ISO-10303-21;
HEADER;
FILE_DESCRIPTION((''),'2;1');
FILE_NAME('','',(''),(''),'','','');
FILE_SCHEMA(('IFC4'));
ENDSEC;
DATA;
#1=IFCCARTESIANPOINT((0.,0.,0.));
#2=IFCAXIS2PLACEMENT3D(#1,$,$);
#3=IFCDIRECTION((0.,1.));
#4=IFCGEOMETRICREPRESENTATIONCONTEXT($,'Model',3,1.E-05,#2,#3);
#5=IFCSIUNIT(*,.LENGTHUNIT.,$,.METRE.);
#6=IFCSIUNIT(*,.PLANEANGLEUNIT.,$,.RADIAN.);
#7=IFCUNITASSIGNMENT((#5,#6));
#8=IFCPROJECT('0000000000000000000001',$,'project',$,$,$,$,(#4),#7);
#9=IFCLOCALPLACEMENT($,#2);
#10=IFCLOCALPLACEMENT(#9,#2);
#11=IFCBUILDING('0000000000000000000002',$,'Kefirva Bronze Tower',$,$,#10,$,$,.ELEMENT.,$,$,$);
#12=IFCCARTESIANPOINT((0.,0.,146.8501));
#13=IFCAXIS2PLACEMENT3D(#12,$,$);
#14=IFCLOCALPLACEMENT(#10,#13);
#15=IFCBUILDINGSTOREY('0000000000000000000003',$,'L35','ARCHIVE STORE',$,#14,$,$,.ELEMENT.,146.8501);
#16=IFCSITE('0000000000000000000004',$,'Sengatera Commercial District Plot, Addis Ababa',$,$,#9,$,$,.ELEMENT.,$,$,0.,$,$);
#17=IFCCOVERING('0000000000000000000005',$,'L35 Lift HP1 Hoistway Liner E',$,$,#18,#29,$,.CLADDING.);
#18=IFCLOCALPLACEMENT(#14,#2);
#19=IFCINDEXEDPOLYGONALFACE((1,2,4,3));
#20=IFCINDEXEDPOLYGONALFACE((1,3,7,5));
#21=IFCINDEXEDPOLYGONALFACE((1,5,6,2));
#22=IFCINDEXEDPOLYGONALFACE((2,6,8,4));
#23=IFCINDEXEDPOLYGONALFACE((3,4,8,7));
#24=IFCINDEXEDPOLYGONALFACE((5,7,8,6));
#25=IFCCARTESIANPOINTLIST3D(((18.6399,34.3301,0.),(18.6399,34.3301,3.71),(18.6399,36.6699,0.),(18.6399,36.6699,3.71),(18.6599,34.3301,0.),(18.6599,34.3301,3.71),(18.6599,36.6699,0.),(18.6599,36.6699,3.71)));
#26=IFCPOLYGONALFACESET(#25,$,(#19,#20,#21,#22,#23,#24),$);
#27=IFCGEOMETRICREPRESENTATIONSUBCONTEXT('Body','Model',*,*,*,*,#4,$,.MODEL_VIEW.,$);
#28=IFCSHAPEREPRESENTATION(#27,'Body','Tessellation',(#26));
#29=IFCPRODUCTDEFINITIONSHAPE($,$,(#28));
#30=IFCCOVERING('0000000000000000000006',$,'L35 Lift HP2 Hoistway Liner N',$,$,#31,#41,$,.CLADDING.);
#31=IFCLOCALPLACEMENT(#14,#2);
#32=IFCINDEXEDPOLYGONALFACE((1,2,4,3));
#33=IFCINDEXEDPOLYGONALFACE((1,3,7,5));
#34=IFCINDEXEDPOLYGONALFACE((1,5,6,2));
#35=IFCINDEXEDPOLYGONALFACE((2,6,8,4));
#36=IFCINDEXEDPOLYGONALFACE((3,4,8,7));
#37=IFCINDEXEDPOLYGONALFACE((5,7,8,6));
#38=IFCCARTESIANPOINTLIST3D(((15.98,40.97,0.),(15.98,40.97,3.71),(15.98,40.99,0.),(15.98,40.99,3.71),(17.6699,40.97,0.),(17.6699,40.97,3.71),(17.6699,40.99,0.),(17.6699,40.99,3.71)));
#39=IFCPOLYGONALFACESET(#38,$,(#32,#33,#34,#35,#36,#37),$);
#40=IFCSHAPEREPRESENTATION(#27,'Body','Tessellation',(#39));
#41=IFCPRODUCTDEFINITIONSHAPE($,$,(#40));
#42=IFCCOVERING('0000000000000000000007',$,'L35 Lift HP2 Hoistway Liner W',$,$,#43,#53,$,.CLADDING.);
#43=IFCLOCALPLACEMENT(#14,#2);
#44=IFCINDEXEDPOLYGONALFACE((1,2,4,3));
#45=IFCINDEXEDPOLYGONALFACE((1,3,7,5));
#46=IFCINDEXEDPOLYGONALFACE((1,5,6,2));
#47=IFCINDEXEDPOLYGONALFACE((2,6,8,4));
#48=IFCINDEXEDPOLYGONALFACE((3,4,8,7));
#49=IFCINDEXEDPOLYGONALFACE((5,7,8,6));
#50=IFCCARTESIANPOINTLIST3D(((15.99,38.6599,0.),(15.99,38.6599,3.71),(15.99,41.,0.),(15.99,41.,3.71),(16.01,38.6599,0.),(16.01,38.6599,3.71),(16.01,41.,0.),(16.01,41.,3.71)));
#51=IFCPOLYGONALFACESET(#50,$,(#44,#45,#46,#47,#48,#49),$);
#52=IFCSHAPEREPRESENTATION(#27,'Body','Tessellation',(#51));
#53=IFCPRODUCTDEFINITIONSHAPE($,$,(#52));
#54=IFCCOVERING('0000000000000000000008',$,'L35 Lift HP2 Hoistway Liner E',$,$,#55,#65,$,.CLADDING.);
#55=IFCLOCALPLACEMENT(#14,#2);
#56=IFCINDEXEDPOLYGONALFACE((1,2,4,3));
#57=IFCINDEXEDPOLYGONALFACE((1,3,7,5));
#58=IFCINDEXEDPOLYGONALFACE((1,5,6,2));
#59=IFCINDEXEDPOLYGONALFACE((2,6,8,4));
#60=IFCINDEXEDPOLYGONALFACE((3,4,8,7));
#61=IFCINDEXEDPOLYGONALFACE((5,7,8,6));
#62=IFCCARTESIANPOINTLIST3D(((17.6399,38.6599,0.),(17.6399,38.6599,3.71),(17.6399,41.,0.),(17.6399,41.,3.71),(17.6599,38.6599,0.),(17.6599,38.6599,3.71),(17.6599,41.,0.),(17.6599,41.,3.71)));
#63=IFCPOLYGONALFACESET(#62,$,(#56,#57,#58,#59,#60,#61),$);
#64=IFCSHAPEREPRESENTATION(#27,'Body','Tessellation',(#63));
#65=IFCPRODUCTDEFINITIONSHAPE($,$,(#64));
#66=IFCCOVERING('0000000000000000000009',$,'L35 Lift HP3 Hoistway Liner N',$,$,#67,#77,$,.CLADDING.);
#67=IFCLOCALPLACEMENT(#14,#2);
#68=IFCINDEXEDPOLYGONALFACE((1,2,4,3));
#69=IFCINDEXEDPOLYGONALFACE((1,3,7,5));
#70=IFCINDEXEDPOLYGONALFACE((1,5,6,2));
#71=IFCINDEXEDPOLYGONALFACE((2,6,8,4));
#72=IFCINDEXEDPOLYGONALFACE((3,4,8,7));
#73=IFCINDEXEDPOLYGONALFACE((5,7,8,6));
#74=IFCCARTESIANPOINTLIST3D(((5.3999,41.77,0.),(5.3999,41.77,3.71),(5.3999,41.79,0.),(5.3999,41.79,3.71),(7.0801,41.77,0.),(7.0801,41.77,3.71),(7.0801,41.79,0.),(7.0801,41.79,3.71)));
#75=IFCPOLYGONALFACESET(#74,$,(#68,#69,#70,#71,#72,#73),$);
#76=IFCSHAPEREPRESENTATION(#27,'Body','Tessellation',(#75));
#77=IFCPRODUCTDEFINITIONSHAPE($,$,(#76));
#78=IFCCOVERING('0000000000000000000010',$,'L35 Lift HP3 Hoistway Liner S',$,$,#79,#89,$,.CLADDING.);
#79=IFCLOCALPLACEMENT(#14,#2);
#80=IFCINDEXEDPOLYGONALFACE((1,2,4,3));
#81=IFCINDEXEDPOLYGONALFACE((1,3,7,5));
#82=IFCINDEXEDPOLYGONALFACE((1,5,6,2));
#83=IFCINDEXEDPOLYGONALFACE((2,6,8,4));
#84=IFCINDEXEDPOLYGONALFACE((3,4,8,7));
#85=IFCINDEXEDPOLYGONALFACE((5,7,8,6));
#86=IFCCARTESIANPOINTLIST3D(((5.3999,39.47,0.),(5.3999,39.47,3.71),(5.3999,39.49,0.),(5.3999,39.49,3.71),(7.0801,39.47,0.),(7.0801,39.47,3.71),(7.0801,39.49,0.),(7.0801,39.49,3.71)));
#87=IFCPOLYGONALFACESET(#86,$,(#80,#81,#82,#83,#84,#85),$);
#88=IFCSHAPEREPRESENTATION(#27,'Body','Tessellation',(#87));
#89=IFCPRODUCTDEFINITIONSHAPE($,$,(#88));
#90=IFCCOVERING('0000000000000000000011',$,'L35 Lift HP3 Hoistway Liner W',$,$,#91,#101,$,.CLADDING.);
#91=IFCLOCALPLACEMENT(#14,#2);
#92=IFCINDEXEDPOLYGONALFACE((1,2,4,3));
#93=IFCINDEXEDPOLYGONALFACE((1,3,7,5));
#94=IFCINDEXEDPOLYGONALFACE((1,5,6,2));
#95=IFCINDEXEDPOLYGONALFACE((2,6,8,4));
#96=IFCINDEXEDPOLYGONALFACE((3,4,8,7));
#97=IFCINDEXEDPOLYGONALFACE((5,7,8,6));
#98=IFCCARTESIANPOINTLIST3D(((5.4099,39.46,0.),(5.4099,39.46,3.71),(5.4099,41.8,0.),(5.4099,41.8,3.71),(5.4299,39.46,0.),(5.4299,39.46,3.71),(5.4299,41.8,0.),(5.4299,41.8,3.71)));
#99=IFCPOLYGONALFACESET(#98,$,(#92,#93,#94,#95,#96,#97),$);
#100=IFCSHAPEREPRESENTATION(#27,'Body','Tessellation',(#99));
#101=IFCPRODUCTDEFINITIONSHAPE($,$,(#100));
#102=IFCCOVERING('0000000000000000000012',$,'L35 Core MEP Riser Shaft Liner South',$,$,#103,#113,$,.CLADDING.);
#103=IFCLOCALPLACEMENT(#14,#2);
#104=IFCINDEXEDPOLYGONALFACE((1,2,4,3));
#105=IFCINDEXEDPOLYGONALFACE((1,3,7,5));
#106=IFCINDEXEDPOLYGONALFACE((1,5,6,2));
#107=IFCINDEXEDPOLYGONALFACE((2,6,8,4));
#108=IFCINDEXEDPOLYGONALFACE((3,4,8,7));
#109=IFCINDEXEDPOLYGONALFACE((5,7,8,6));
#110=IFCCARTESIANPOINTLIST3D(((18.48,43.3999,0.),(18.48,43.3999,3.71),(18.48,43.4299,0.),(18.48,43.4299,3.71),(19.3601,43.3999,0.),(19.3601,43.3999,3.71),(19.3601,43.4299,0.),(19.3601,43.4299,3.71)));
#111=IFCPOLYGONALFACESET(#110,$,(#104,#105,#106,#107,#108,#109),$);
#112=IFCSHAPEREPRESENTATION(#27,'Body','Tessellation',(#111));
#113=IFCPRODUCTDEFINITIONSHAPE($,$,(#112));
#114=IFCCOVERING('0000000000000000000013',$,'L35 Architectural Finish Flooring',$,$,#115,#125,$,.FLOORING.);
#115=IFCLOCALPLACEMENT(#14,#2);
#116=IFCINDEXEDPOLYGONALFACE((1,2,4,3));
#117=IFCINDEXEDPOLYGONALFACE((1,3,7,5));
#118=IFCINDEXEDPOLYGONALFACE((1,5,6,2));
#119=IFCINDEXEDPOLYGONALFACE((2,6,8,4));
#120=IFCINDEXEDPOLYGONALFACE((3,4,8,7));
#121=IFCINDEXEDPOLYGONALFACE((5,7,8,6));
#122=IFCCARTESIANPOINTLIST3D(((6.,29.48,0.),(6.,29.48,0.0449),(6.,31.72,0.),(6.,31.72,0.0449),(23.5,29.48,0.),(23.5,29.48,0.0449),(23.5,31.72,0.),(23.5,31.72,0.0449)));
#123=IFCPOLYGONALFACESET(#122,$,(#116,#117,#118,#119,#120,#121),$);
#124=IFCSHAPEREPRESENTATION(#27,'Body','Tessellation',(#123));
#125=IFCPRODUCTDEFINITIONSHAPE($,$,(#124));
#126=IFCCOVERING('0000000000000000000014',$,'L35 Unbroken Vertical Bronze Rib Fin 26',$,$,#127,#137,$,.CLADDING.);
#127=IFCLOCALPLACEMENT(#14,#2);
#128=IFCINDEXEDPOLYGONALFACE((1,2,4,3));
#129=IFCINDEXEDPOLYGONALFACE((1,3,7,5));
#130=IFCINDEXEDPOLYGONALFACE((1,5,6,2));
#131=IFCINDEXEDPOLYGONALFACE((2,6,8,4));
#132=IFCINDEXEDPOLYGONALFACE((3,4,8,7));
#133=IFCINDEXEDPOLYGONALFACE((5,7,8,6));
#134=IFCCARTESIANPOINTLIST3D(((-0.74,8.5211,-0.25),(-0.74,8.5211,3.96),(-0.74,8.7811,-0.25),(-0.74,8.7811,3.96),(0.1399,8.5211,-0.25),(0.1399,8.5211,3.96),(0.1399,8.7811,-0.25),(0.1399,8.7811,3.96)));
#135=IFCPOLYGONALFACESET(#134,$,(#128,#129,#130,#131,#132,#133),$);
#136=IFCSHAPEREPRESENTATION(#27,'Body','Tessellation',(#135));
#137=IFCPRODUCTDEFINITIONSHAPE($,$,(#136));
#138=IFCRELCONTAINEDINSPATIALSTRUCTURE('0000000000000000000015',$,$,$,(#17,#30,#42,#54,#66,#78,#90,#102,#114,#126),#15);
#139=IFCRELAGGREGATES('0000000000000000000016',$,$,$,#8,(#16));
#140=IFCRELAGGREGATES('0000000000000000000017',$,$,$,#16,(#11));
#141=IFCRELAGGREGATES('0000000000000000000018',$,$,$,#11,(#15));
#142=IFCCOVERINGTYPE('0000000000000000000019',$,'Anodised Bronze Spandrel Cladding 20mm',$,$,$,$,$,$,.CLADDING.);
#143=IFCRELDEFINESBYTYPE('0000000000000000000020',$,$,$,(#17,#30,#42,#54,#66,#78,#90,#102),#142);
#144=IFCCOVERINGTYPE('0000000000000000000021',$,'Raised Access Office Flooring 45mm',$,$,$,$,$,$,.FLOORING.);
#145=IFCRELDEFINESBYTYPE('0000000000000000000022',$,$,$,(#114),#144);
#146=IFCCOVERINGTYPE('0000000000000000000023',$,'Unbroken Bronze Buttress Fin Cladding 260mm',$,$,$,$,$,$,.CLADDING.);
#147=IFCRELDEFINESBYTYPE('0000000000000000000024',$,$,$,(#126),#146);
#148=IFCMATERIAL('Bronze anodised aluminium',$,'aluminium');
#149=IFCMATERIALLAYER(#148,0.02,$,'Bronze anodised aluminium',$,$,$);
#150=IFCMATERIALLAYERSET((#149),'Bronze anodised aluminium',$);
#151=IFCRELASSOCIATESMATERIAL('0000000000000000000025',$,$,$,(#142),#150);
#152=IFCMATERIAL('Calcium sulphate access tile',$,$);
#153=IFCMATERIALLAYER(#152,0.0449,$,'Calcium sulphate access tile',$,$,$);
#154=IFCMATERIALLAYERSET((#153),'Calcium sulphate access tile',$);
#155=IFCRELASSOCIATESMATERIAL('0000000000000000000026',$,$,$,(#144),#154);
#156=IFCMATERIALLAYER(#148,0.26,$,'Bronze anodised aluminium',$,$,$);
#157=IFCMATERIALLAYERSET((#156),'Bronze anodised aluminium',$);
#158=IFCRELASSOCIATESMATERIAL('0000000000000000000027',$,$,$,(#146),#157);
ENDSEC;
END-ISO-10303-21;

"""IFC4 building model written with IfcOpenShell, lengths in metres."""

from ifc_helpers import new_model, si_unit, direction, frame, origin, origin_2d, place, context, subcontext, project, spatial, polyline, rectangle, outline, extrude, material, layer, layer_set, type_object, element, save


model = new_model("IFC4")

# Units and contexts
model_context = context("Model", 3, precision=1e-05, world=origin(), true_north=direction((0.0, 1.0)))
body_context = subcontext(model_context, "Body", "Model", "MODEL_VIEW")
ifc_project = project(units=[si_unit("LENGTHUNIT", "METRE"), si_unit("PLANEANGLEUNIT", "RADIAN")], contexts=[model_context])

# Site, building, storey
site_placement = place(None, origin())
site = spatial("IfcSite", under=ifc_project, at=site_placement, Name="Sengatera Commercial District Plot, Addis Ababa", CompositionType="ELEMENT", RefElevation=0.0)
building_placement = place(site_placement, origin())
building = spatial("IfcBuilding", under=site, at=building_placement, Name="Kefirva Bronze Tower", CompositionType="ELEMENT")
storey_placement = place(building_placement, frame((0.0, 0.0, 146.8501)))
storey = spatial("IfcBuildingStorey", under=building, at=storey_placement, Name="L35", Description="ARCHIVE STORE", CompositionType="ELEMENT", Elevation=146.8501)

# Shared definitions
ifc_material_1 = material(Name="Bronze anodised aluminium", Category="aluminium")

# Coverings
ifc_layer_1 = layer(ifc_material_1, 0.02, Name="Bronze anodised aluminium")
ifc_layer_set_1 = layer_set([ifc_layer_1], Name="Bronze anodised aluminium")
covering_type_1 = type_object("IfcCoveringType", Name="Anodised Bronze Spandrel Cladding 20mm", PredefinedType="CLADDING", material=ifc_layer_set_1)
covering_1_placement = place(storey_placement, origin())
element("IfcCovering", 1, at=covering_1_placement, inside=storey, type_object=covering_type_1, Name="L35 Lift HP1 Hoistway Liner E", PredefinedType="CLADDING", context=body_context, shape_type="SweptSolid", body=[
    extrude(outline(polyline([(18.6399, 34.3301), (18.6599, 34.3301), (18.6599, 36.6699), (18.6399, 36.6699), (18.6399, 34.3301)])), origin(), (0.0, 0.0, 1.0), 3.71),
])
covering_2_placement = place(storey_placement, origin())
element("IfcCovering", 2, at=covering_2_placement, inside=storey, type_object=covering_type_1, Name="L35 Lift HP2 Hoistway Liner N", PredefinedType="CLADDING", context=body_context, shape_type="SweptSolid", body=[
    extrude(outline(polyline([(15.98, 40.97), (17.6699, 40.97), (17.6699, 40.99), (15.98, 40.99), (15.98, 40.97)])), origin(), (0.0, 0.0, 1.0), 3.71),
])
covering_3_placement = place(storey_placement, origin())
element("IfcCovering", 3, at=covering_3_placement, inside=storey, type_object=covering_type_1, Name="L35 Lift HP2 Hoistway Liner W", PredefinedType="CLADDING", context=body_context, shape_type="SweptSolid", body=[
    extrude(outline(polyline([(15.99, 38.6599), (16.01, 38.6599), (16.01, 41.0), (15.99, 41.0), (15.99, 38.6599)])), origin(), (0.0, 0.0, 1.0), 3.71),
])
covering_4_placement = place(storey_placement, origin())
element("IfcCovering", 4, at=covering_4_placement, inside=storey, type_object=covering_type_1, Name="L35 Lift HP2 Hoistway Liner E", PredefinedType="CLADDING", context=body_context, shape_type="SweptSolid", body=[
    extrude(outline(polyline([(17.6399, 38.6599), (17.6599, 38.6599), (17.6599, 41.0), (17.6399, 41.0), (17.6399, 38.6599)])), origin(), (0.0, 0.0, 1.0), 3.71),
])
covering_5_placement = place(storey_placement, origin())
element("IfcCovering", 5, at=covering_5_placement, inside=storey, type_object=covering_type_1, Name="L35 Lift HP3 Hoistway Liner N", PredefinedType="CLADDING", context=body_context, shape_type="SweptSolid", body=[
    extrude(outline(polyline([(5.3999, 41.77), (7.0801, 41.77), (7.0801, 41.79), (5.3999, 41.79), (5.3999, 41.77)])), origin(), (0.0, 0.0, 1.0), 3.71),
])
covering_6_placement = place(storey_placement, origin())
element("IfcCovering", 6, at=covering_6_placement, inside=storey, type_object=covering_type_1, Name="L35 Lift HP3 Hoistway Liner S", PredefinedType="CLADDING", context=body_context, shape_type="SweptSolid", body=[
    extrude(outline(polyline([(5.3999, 39.47), (7.0801, 39.47), (7.0801, 39.49), (5.3999, 39.49), (5.3999, 39.47)])), origin(), (0.0, 0.0, 1.0), 3.71),
])
covering_7_placement = place(storey_placement, origin())
element("IfcCovering", 7, at=covering_7_placement, inside=storey, type_object=covering_type_1, Name="L35 Lift HP3 Hoistway Liner W", PredefinedType="CLADDING", context=body_context, shape_type="SweptSolid", body=[
    extrude(outline(polyline([(5.4099, 39.46), (5.4299, 39.46), (5.4299, 41.8), (5.4099, 41.8), (5.4099, 39.46)])), origin(), (0.0, 0.0, 1.0), 3.71),
])
covering_8_placement = place(storey_placement, origin())
element("IfcCovering", 8, at=covering_8_placement, inside=storey, type_object=covering_type_1, Name="L35 Core MEP Riser Shaft Liner South", PredefinedType="CLADDING", context=body_context, shape_type="SweptSolid", body=[
    extrude(outline(polyline([(18.48, 43.3999), (19.3601, 43.3999), (19.3601, 43.4299), (18.48, 43.4299), (18.48, 43.3999)])), origin(), (0.0, 0.0, 1.0), 3.71),
])
ifc_material_2 = material(Name="Calcium sulphate access tile")
ifc_layer_2 = layer(ifc_material_2, 0.0449, Name="Calcium sulphate access tile")
ifc_layer_set_2 = layer_set([ifc_layer_2], Name="Calcium sulphate access tile")
covering_type_2 = type_object("IfcCoveringType", Name="Raised Access Office Flooring 45mm", PredefinedType="FLOORING", material=ifc_layer_set_2)
covering_9_placement = place(storey_placement, origin())
element("IfcCovering", 9, at=covering_9_placement, inside=storey, type_object=covering_type_2, Name="L35 Architectural Finish Flooring", PredefinedType="FLOORING", context=body_context, shape_type="SweptSolid", body=[
    extrude(outline(polyline([(6.0, 29.48), (23.5, 29.48), (23.5, 31.72), (6.0, 31.72), (6.0, 29.48)])), origin(), (0.0, 0.0, 1.0), 0.0449),
])
ifc_layer_3 = layer(ifc_material_1, 0.26, Name="Bronze anodised aluminium")
ifc_layer_set_3 = layer_set([ifc_layer_3], Name="Bronze anodised aluminium")
covering_type_3 = type_object("IfcCoveringType", Name="Unbroken Bronze Buttress Fin Cladding 260mm", PredefinedType="CLADDING", material=ifc_layer_set_3)
covering_10_placement = place(storey_placement, frame((-0.3, 8.6511, -0.25), z_axis=(0.0, 0.0, 1.0), x_axis=(0.0, -1.0, 0.0)))
element("IfcCovering", 10, at=covering_10_placement, inside=storey, type_object=covering_type_3, Name="L35 Unbroken Vertical Bronze Rib Fin 26", PredefinedType="CLADDING", context=body_context, shape_type="SweptSolid", body=[
    extrude(rectangle(XDim=0.26, YDim=0.8799, at=origin_2d()), origin(), (0.0, 0.0, 1.0), 4.21),
])

save(model, "model.ifc")
